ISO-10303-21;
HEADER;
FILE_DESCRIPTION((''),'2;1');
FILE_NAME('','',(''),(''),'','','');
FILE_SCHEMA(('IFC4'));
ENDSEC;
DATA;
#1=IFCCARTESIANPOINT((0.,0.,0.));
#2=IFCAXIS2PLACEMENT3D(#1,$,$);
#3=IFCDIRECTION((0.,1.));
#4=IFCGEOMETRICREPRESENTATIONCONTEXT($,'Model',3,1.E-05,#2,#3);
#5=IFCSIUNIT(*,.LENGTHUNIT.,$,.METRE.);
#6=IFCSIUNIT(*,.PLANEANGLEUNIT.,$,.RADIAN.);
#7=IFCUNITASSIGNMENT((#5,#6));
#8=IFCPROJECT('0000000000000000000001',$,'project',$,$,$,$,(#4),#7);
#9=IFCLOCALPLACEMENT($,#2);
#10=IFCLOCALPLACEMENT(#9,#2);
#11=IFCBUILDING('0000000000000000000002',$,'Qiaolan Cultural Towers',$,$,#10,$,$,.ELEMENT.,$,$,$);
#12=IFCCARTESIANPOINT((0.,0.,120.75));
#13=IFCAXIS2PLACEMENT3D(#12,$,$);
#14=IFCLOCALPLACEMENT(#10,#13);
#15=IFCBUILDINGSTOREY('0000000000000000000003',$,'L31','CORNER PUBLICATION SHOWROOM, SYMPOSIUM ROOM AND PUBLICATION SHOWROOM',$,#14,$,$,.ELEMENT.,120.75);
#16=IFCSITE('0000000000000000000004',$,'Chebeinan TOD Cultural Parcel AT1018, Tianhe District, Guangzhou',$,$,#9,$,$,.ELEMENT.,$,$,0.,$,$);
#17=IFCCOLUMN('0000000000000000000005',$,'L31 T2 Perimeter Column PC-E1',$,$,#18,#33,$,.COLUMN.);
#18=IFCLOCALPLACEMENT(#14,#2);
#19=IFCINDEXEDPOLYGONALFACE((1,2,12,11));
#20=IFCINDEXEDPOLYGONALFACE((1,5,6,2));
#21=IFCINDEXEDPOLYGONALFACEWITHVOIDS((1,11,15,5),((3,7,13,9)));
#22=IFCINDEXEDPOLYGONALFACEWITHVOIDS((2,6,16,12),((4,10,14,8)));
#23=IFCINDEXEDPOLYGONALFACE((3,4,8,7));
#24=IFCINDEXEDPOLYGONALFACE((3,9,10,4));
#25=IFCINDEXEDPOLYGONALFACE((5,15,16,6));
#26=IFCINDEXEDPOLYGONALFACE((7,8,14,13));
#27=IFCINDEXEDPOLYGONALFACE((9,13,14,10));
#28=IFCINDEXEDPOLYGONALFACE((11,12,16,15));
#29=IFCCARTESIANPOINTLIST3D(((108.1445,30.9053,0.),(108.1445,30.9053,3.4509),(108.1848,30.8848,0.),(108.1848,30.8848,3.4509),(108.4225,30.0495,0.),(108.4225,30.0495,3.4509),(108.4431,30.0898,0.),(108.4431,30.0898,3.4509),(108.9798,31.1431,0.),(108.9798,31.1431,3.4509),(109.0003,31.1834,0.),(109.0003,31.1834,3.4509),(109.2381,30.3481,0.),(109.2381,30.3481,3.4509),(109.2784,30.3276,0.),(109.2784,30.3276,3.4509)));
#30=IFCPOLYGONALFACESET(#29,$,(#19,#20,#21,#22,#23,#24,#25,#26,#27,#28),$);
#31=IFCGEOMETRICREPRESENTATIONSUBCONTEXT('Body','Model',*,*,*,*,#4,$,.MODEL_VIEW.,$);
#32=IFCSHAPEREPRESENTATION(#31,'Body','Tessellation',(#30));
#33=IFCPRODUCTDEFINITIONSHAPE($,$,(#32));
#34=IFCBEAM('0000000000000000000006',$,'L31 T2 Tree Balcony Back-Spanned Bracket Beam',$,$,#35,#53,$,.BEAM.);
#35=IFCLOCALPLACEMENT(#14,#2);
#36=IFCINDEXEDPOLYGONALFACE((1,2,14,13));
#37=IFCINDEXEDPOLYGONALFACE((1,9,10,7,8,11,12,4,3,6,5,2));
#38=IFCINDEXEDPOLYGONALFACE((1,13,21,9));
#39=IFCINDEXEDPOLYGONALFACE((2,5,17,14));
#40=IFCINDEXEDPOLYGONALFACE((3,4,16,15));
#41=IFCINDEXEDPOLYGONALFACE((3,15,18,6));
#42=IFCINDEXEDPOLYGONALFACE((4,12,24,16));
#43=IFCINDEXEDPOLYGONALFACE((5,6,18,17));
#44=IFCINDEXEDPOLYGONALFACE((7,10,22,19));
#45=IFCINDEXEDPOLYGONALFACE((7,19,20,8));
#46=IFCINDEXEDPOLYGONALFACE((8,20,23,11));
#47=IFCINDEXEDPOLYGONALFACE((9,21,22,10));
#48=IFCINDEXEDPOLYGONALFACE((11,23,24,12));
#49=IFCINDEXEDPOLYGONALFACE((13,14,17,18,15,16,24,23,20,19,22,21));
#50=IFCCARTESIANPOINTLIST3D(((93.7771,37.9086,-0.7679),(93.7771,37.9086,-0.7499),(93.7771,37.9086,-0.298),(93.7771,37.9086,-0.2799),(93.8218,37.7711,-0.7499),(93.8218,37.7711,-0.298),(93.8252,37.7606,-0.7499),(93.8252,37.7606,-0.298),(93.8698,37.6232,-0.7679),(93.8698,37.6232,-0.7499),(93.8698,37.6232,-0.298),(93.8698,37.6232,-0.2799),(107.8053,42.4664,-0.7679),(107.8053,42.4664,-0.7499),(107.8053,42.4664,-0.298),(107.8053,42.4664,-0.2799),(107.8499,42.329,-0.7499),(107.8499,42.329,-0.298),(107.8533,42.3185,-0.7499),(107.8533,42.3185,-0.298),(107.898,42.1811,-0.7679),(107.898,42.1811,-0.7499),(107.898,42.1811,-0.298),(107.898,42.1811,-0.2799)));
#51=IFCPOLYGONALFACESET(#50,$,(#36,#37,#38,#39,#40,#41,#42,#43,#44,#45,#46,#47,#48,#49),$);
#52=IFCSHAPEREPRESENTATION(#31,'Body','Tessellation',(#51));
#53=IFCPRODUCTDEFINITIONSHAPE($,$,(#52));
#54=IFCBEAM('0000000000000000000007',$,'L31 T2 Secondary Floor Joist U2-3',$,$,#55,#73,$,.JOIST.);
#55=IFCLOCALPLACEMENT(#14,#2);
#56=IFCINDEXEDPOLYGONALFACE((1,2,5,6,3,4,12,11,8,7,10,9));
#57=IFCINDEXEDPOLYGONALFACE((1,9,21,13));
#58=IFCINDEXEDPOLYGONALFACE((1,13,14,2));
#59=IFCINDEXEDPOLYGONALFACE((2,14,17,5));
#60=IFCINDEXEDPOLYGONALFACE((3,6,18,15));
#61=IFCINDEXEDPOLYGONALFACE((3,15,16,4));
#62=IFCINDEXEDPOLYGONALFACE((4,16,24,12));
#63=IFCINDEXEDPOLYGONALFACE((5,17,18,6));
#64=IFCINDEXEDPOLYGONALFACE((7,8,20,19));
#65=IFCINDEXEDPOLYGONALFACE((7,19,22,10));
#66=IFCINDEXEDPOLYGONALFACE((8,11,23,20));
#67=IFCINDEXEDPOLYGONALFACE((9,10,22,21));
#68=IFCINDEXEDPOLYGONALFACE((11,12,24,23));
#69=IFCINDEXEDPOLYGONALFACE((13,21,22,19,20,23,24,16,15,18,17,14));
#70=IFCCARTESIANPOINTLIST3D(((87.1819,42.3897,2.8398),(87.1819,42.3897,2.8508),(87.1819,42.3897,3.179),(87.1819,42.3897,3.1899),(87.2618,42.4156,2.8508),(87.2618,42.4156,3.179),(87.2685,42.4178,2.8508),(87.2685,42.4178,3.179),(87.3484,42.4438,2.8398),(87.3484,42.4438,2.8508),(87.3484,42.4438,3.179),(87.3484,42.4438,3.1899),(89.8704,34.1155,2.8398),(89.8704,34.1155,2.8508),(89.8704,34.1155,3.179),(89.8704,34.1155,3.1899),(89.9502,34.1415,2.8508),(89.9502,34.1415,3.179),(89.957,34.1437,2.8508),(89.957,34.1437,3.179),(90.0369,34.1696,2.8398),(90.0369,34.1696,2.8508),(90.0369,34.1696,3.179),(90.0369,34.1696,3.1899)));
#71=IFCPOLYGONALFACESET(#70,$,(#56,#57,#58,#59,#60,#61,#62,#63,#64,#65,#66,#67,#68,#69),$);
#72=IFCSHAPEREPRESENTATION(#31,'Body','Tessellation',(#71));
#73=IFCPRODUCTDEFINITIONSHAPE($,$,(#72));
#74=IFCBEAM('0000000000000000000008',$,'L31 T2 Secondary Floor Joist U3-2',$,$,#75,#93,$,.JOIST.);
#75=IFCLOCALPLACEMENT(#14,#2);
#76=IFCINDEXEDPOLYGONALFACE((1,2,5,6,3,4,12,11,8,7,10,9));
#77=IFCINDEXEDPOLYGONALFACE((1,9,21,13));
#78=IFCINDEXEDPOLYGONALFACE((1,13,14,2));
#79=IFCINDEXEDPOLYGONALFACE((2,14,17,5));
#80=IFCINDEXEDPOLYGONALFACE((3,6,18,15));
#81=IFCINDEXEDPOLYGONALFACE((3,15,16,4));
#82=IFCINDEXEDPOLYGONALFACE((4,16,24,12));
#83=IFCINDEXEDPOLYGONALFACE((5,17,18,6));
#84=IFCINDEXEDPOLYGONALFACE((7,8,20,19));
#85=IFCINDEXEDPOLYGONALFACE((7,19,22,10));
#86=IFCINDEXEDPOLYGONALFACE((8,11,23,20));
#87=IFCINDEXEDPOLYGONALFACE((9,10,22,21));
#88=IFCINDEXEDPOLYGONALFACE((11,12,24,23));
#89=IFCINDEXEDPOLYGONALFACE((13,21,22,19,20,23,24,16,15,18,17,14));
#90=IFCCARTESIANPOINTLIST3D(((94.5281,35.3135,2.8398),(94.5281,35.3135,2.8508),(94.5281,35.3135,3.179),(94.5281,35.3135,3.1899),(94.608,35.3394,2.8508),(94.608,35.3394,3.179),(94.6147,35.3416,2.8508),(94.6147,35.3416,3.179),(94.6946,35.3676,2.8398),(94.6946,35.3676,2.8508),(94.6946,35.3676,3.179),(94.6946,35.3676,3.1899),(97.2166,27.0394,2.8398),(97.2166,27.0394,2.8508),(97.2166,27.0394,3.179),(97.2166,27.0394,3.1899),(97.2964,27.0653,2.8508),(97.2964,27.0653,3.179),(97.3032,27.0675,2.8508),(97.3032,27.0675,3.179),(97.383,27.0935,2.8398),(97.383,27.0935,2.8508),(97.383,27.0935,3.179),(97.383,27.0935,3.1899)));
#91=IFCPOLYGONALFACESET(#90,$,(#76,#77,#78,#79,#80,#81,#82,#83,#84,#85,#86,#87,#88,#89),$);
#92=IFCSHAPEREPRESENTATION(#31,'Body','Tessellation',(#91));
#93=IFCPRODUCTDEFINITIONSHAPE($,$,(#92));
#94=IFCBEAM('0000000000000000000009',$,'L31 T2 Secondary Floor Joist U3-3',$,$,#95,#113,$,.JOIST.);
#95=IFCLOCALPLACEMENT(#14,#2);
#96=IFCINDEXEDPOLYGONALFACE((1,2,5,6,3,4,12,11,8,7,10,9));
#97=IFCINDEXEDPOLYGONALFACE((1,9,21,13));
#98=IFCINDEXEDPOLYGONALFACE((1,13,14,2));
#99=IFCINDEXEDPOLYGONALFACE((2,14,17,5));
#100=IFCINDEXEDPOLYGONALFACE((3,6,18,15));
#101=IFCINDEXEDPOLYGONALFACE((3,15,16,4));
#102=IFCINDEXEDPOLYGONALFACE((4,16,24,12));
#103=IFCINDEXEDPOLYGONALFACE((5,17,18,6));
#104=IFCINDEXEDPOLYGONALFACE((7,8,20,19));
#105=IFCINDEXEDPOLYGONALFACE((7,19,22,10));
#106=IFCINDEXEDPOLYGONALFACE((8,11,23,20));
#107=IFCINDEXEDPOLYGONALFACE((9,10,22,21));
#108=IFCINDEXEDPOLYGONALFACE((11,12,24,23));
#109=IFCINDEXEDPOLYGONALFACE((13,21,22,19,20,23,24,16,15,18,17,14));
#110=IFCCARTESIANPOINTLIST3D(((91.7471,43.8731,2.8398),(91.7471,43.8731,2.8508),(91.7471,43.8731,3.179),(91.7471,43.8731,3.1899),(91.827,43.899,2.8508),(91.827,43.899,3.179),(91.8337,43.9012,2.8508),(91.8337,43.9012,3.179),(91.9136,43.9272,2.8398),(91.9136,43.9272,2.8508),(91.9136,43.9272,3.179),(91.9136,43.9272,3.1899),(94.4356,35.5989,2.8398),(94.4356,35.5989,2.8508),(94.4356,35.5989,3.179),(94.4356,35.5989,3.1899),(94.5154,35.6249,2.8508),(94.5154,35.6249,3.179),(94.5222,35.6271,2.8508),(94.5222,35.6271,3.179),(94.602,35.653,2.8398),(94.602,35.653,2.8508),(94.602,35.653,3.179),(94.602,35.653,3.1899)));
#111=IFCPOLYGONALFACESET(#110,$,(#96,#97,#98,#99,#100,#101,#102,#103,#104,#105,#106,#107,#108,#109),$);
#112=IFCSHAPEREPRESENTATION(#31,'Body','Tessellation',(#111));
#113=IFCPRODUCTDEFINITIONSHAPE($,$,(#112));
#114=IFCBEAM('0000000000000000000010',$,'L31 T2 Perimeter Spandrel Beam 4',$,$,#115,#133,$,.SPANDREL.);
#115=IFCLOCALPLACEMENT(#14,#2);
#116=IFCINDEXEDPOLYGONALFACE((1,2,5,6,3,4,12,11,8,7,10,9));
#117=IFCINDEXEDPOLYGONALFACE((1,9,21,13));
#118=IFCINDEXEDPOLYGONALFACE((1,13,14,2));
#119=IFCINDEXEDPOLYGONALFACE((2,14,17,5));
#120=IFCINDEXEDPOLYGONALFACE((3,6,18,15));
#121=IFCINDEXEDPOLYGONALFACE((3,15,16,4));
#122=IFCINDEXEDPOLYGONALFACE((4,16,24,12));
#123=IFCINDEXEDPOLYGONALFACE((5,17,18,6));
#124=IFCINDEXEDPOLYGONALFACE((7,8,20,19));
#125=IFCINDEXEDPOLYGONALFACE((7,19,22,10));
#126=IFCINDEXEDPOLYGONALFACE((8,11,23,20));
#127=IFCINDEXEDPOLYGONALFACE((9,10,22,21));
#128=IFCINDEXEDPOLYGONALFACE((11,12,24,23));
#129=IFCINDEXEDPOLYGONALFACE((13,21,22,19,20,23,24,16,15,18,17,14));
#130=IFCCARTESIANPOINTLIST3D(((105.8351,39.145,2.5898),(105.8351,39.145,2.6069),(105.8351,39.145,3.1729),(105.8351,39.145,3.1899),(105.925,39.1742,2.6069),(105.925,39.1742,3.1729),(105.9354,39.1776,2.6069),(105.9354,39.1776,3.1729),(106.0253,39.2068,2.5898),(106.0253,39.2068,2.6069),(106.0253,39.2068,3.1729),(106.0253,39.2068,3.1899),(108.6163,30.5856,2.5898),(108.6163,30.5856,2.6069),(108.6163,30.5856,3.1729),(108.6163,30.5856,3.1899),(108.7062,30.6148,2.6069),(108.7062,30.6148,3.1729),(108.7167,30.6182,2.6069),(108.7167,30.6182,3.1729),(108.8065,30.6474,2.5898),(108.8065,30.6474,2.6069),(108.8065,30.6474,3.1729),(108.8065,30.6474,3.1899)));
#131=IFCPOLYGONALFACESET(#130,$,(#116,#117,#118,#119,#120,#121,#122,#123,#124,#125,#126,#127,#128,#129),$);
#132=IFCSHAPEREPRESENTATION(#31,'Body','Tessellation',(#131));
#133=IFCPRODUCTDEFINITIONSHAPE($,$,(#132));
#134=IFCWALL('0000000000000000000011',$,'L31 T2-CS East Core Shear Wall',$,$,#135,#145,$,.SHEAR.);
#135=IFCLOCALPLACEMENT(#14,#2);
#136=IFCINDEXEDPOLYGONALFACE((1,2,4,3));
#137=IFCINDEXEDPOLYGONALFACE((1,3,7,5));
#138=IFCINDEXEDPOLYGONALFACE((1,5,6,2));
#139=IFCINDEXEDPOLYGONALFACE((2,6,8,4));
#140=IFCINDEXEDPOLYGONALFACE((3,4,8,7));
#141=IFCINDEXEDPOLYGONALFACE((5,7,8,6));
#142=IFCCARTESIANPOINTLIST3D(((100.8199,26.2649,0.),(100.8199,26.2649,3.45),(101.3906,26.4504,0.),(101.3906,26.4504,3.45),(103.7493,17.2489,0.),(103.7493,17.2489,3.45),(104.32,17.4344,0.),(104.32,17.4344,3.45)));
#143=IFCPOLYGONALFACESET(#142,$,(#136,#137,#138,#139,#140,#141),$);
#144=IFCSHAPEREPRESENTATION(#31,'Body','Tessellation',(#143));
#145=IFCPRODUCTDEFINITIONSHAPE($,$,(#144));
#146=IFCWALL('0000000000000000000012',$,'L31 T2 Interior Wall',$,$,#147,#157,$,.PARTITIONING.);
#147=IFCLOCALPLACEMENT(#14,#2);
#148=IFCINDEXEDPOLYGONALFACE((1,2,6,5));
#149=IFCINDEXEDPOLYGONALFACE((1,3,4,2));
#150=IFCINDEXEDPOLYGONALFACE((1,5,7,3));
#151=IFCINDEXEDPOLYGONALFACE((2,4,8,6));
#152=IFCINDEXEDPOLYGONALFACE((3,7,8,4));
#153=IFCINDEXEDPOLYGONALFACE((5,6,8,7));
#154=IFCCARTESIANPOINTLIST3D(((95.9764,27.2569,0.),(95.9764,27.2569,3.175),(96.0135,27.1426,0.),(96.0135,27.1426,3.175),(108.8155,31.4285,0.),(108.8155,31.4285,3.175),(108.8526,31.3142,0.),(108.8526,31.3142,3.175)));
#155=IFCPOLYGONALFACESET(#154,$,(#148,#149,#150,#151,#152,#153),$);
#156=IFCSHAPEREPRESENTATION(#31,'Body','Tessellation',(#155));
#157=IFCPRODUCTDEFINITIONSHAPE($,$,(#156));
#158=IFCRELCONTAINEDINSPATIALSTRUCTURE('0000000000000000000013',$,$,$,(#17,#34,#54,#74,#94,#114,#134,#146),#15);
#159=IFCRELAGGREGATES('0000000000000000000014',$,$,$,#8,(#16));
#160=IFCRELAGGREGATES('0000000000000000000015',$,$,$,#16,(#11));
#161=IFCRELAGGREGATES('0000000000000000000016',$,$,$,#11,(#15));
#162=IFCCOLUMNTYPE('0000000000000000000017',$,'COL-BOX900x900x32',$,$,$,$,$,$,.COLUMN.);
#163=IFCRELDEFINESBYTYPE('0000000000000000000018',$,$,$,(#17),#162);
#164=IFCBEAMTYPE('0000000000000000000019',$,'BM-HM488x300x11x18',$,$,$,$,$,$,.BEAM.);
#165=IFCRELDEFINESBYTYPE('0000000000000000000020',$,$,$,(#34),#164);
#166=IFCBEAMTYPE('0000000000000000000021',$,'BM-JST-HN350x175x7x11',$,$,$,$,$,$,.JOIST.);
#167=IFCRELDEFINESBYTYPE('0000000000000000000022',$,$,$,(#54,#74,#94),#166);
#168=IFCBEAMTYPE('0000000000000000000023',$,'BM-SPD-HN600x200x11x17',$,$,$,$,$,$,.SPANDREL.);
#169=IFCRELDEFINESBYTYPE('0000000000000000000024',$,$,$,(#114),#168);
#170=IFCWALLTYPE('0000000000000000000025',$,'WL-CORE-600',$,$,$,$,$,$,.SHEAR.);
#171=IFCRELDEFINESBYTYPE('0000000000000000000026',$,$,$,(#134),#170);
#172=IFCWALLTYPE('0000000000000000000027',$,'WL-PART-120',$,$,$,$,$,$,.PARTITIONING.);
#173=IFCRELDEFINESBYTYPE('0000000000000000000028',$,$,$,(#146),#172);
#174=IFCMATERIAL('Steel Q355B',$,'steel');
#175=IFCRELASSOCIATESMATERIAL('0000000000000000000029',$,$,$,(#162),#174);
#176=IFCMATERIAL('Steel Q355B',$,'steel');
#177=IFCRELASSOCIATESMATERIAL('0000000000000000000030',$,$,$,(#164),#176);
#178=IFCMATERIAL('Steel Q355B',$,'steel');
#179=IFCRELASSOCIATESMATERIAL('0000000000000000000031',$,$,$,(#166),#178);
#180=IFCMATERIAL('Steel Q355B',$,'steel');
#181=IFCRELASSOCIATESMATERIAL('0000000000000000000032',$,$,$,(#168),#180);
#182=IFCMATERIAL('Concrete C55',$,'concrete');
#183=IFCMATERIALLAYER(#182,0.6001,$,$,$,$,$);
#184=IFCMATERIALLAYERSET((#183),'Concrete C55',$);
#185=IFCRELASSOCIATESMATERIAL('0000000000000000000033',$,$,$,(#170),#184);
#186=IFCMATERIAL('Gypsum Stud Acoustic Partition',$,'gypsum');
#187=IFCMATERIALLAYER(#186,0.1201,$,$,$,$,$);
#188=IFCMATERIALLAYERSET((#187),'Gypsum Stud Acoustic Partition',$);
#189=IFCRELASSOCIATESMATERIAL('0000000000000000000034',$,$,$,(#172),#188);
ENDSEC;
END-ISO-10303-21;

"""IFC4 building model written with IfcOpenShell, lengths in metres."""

from ifc_helpers import new_model, si_unit, direction, frame, frame_2d, origin, origin_2d, place, context, subcontext, project, spatial, rectangle, hollow_rectangle, i_section, extrude, material, layer, layer_set, material_profile, profile_set, type_object, element, save


model = new_model("IFC4")

# Units and contexts
model_context = context("Model", 3, precision=1e-05, world=origin(), true_north=direction((0.0, 1.0)))
body_context = subcontext(model_context, "Body", "Model", "MODEL_VIEW")
ifc_project = project(units=[si_unit("LENGTHUNIT", "METRE"), si_unit("PLANEANGLEUNIT", "RADIAN")], contexts=[model_context])

# Site, building, storey
site_placement = place(None, origin())
site = spatial("IfcSite", under=ifc_project, at=site_placement, Name="Chebeinan TOD Cultural Parcel AT1018, Tianhe District, Guangzhou", CompositionType="ELEMENT", RefElevation=0.0)
building_placement = place(site_placement, origin())
building = spatial("IfcBuilding", under=site, at=building_placement, Name="Qiaolan Cultural Towers", CompositionType="ELEMENT")
storey_placement = place(building_placement, frame((0.0, 0.0, 120.75)))
storey = spatial("IfcBuildingStorey", under=building, at=storey_placement, Name="L31", Description="CORNER PUBLICATION SHOWROOM, SYMPOSIUM ROOM AND PUBLICATION SHOWROOM", CompositionType="ELEMENT", Elevation=120.75)

# Column
ifc_material_1 = material(Name="Steel Q355B", Category="steel")
ifc_material_profile_1 = material_profile(ifc_material_1, hollow_rectangle(XDim=0.8999, YDim=0.8999, WallThickness=0.032, at=origin_2d()), Name="BOX900x900x32")
ifc_profile_set_1 = profile_set([ifc_material_profile_1], Name="Steel Q355B")
column_type = type_object("IfcColumnType", Name="COL-BOX900x900x32", PredefinedType="COLUMN", material=ifc_profile_set_1)
column_placement = place(storey_placement, frame((108.7114, 30.6165, 0.0), z_axis=(0.0, 0.0, 1.0), x_axis=(0.951057, 0.309017, 0.0)))
element("IfcColumn", 1, at=column_placement, inside=storey, type_object=column_type, Name="L31 T2 Perimeter Column PC-E1", PredefinedType="COLUMN", context=body_context, shape_type="SweptSolid", body=[
    extrude(hollow_rectangle(XDim=0.8999, YDim=0.8999, WallThickness=0.032, at=origin_2d()), origin(), (0.0, 0.0, 1.0), 3.4509),
])

# Beams
ifc_material_2 = material(Name="Steel Q355B", Category="steel")
ifc_material_profile_2 = material_profile(ifc_material_2, i_section(OverallWidth=0.3, OverallDepth=0.488, WebThickness=0.011, FlangeThickness=0.0181, at=origin_2d()), Name="HM488x300x11x18")
ifc_profile_set_2 = profile_set([ifc_material_profile_2], Name="Steel Q355B")
beam_type_1 = type_object("IfcBeamType", Name="BM-HM488x300x11x18", PredefinedType="BEAM", material=ifc_profile_set_2)
beam_1_placement = place(storey_placement, frame((93.8235, 37.7659, -0.5239), z_axis=(0.951059, 0.309009, 0.0), x_axis=(-0.309009, 0.951059, 0.0)))
element("IfcBeam", 2, at=beam_1_placement, inside=storey, type_object=beam_type_1, Name="L31 T2 Tree Balcony Back-Spanned Bracket Beam", PredefinedType="BEAM", context=body_context, shape_type="SweptSolid", body=[
    extrude(i_section(OverallWidth=0.3, OverallDepth=0.488, WebThickness=0.011, FlangeThickness=0.0181, at=origin_2d()), origin(), (0.0, 0.0, 1.0), 14.75),
])
ifc_material_3 = material(Name="Steel Q355B", Category="steel")
ifc_material_profile_3 = material_profile(ifc_material_3, i_section(OverallWidth=0.175, OverallDepth=0.3501, WebThickness=0.0071, FlangeThickness=0.011, at=origin_2d()), Name="HN350x175x7x11")
ifc_profile_set_3 = profile_set([ifc_material_profile_3], Name="Steel Q355B")
beam_type_2 = type_object("IfcBeamType", Name="BM-JST-HN350x175x7x11", PredefinedType="JOIST", material=ifc_profile_set_3)
for number, where, z_axis, x_axis, name in (
    (3, (89.9536, 34.1426, 3.0149), (-0.309021, 0.951055, 0.0), (-0.951055, -0.309021, 0.0), "L31 T2 Secondary Floor Joist U2-3"),
    (4, (97.2998, 27.0664, 3.0149), (-0.309021, 0.951055, 0.0), (-0.951055, -0.309021, 0.0), "L31 T2 Secondary Floor Joist U3-2"),
    (5, (94.5188, 35.626, 3.0149), (-0.309021, 0.951055, 0.0), (-0.951055, -0.309021, 0.0), "L31 T2 Secondary Floor Joist U3-3"),
):
    element("IfcBeam", number, at=place(storey_placement, frame(where, z_axis=z_axis, x_axis=x_axis)), inside=storey, type_object=beam_type_2, Name=name, PredefinedType="JOIST", context=body_context, shape_type="SweptSolid", body=[
        extrude(i_section(OverallWidth=0.175, OverallDepth=0.3501, WebThickness=0.0071, FlangeThickness=0.011, at=origin_2d()), origin(), (0.0, 0.0, 1.0), 8.7),
    ])
ifc_material_4 = material(Name="Steel Q355B", Category="steel")
ifc_material_profile_4 = material_profile(ifc_material_4, i_section(OverallWidth=0.2, OverallDepth=0.6001, WebThickness=0.011, FlangeThickness=0.0171, at=origin_2d()), Name="HN600x200x11x17")
ifc_profile_set_4 = profile_set([ifc_material_profile_4], Name="Steel Q355B")
beam_type_3 = type_object("IfcBeamType", Name="BM-SPD-HN600x200x11x17", PredefinedType="SPANDREL", material=ifc_profile_set_4)
beam_2_placement = place(storey_placement, frame((108.7114, 30.6165, 2.8899), z_axis=(-0.309025, 0.951054, 0.0), x_axis=(-0.951054, -0.309025, 0.0)))
element("IfcBeam", 6, at=beam_2_placement, inside=storey, type_object=beam_type_3, Name="L31 T2 Perimeter Spandrel Beam 4", PredefinedType="SPANDREL", context=body_context, shape_type="SweptSolid", body=[
    extrude(i_section(OverallWidth=0.2, OverallDepth=0.6001, WebThickness=0.011, FlangeThickness=0.0171, at=origin_2d()), origin(), (0.0, 0.0, 1.0), 9.0),
])

# Walls
ifc_material_5 = material(Name="Concrete C55", Category="concrete")
ifc_layer_1 = layer(ifc_material_5, 0.6001)
ifc_layer_set_1 = layer_set([ifc_layer_1], Name="Concrete C55")
wall_type_1 = type_object("IfcWallType", Name="WL-CORE-600", PredefinedType="SHEAR", material=ifc_layer_set_1)
wall_1_placement = place(storey_placement, frame((101.1052, 26.3577, 0.0), z_axis=(0.0, 0.0, 1.0), x_axis=(0.30901, -0.951059, 0.0)))
element("IfcWall", 7, at=wall_1_placement, inside=storey, type_object=wall_type_1, Name="L31 T2-CS East Core Shear Wall", PredefinedType="SHEAR", context=body_context, shape_type="SweptSolid", body=[
    extrude(rectangle(XDim=9.48, YDim=0.6001, at=frame_2d((4.74, 0.0))), origin(), (0.0, 0.0, 1.0), 3.45),
])
ifc_material_6 = material(Name="Gypsum Stud Acoustic Partition", Category="gypsum")
ifc_layer_2 = layer(ifc_material_6, 0.1201)
ifc_layer_set_2 = layer_set([ifc_layer_2], Name="Gypsum Stud Acoustic Partition")
wall_type_2 = type_object("IfcWallType", Name="WL-PART-120", PredefinedType="PARTITIONING", material=ifc_layer_set_2)
wall_2_placement = place(storey_placement, frame((95.9949, 27.1997, 0.0), z_axis=(0.0, 0.0, 1.0), x_axis=(0.951058, 0.309014, 0.0)))
element("IfcWall", 8, at=wall_2_placement, inside=storey, type_object=wall_type_2, Name="L31 T2 Interior Wall", PredefinedType="PARTITIONING", context=body_context, shape_type="SweptSolid", body=[
    extrude(rectangle(XDim=13.4998, YDim=0.1201, at=frame_2d((6.75, 0.0))), origin(), (0.0, 0.0, 1.0), 3.175),
])

save(model, "model.ifc")
